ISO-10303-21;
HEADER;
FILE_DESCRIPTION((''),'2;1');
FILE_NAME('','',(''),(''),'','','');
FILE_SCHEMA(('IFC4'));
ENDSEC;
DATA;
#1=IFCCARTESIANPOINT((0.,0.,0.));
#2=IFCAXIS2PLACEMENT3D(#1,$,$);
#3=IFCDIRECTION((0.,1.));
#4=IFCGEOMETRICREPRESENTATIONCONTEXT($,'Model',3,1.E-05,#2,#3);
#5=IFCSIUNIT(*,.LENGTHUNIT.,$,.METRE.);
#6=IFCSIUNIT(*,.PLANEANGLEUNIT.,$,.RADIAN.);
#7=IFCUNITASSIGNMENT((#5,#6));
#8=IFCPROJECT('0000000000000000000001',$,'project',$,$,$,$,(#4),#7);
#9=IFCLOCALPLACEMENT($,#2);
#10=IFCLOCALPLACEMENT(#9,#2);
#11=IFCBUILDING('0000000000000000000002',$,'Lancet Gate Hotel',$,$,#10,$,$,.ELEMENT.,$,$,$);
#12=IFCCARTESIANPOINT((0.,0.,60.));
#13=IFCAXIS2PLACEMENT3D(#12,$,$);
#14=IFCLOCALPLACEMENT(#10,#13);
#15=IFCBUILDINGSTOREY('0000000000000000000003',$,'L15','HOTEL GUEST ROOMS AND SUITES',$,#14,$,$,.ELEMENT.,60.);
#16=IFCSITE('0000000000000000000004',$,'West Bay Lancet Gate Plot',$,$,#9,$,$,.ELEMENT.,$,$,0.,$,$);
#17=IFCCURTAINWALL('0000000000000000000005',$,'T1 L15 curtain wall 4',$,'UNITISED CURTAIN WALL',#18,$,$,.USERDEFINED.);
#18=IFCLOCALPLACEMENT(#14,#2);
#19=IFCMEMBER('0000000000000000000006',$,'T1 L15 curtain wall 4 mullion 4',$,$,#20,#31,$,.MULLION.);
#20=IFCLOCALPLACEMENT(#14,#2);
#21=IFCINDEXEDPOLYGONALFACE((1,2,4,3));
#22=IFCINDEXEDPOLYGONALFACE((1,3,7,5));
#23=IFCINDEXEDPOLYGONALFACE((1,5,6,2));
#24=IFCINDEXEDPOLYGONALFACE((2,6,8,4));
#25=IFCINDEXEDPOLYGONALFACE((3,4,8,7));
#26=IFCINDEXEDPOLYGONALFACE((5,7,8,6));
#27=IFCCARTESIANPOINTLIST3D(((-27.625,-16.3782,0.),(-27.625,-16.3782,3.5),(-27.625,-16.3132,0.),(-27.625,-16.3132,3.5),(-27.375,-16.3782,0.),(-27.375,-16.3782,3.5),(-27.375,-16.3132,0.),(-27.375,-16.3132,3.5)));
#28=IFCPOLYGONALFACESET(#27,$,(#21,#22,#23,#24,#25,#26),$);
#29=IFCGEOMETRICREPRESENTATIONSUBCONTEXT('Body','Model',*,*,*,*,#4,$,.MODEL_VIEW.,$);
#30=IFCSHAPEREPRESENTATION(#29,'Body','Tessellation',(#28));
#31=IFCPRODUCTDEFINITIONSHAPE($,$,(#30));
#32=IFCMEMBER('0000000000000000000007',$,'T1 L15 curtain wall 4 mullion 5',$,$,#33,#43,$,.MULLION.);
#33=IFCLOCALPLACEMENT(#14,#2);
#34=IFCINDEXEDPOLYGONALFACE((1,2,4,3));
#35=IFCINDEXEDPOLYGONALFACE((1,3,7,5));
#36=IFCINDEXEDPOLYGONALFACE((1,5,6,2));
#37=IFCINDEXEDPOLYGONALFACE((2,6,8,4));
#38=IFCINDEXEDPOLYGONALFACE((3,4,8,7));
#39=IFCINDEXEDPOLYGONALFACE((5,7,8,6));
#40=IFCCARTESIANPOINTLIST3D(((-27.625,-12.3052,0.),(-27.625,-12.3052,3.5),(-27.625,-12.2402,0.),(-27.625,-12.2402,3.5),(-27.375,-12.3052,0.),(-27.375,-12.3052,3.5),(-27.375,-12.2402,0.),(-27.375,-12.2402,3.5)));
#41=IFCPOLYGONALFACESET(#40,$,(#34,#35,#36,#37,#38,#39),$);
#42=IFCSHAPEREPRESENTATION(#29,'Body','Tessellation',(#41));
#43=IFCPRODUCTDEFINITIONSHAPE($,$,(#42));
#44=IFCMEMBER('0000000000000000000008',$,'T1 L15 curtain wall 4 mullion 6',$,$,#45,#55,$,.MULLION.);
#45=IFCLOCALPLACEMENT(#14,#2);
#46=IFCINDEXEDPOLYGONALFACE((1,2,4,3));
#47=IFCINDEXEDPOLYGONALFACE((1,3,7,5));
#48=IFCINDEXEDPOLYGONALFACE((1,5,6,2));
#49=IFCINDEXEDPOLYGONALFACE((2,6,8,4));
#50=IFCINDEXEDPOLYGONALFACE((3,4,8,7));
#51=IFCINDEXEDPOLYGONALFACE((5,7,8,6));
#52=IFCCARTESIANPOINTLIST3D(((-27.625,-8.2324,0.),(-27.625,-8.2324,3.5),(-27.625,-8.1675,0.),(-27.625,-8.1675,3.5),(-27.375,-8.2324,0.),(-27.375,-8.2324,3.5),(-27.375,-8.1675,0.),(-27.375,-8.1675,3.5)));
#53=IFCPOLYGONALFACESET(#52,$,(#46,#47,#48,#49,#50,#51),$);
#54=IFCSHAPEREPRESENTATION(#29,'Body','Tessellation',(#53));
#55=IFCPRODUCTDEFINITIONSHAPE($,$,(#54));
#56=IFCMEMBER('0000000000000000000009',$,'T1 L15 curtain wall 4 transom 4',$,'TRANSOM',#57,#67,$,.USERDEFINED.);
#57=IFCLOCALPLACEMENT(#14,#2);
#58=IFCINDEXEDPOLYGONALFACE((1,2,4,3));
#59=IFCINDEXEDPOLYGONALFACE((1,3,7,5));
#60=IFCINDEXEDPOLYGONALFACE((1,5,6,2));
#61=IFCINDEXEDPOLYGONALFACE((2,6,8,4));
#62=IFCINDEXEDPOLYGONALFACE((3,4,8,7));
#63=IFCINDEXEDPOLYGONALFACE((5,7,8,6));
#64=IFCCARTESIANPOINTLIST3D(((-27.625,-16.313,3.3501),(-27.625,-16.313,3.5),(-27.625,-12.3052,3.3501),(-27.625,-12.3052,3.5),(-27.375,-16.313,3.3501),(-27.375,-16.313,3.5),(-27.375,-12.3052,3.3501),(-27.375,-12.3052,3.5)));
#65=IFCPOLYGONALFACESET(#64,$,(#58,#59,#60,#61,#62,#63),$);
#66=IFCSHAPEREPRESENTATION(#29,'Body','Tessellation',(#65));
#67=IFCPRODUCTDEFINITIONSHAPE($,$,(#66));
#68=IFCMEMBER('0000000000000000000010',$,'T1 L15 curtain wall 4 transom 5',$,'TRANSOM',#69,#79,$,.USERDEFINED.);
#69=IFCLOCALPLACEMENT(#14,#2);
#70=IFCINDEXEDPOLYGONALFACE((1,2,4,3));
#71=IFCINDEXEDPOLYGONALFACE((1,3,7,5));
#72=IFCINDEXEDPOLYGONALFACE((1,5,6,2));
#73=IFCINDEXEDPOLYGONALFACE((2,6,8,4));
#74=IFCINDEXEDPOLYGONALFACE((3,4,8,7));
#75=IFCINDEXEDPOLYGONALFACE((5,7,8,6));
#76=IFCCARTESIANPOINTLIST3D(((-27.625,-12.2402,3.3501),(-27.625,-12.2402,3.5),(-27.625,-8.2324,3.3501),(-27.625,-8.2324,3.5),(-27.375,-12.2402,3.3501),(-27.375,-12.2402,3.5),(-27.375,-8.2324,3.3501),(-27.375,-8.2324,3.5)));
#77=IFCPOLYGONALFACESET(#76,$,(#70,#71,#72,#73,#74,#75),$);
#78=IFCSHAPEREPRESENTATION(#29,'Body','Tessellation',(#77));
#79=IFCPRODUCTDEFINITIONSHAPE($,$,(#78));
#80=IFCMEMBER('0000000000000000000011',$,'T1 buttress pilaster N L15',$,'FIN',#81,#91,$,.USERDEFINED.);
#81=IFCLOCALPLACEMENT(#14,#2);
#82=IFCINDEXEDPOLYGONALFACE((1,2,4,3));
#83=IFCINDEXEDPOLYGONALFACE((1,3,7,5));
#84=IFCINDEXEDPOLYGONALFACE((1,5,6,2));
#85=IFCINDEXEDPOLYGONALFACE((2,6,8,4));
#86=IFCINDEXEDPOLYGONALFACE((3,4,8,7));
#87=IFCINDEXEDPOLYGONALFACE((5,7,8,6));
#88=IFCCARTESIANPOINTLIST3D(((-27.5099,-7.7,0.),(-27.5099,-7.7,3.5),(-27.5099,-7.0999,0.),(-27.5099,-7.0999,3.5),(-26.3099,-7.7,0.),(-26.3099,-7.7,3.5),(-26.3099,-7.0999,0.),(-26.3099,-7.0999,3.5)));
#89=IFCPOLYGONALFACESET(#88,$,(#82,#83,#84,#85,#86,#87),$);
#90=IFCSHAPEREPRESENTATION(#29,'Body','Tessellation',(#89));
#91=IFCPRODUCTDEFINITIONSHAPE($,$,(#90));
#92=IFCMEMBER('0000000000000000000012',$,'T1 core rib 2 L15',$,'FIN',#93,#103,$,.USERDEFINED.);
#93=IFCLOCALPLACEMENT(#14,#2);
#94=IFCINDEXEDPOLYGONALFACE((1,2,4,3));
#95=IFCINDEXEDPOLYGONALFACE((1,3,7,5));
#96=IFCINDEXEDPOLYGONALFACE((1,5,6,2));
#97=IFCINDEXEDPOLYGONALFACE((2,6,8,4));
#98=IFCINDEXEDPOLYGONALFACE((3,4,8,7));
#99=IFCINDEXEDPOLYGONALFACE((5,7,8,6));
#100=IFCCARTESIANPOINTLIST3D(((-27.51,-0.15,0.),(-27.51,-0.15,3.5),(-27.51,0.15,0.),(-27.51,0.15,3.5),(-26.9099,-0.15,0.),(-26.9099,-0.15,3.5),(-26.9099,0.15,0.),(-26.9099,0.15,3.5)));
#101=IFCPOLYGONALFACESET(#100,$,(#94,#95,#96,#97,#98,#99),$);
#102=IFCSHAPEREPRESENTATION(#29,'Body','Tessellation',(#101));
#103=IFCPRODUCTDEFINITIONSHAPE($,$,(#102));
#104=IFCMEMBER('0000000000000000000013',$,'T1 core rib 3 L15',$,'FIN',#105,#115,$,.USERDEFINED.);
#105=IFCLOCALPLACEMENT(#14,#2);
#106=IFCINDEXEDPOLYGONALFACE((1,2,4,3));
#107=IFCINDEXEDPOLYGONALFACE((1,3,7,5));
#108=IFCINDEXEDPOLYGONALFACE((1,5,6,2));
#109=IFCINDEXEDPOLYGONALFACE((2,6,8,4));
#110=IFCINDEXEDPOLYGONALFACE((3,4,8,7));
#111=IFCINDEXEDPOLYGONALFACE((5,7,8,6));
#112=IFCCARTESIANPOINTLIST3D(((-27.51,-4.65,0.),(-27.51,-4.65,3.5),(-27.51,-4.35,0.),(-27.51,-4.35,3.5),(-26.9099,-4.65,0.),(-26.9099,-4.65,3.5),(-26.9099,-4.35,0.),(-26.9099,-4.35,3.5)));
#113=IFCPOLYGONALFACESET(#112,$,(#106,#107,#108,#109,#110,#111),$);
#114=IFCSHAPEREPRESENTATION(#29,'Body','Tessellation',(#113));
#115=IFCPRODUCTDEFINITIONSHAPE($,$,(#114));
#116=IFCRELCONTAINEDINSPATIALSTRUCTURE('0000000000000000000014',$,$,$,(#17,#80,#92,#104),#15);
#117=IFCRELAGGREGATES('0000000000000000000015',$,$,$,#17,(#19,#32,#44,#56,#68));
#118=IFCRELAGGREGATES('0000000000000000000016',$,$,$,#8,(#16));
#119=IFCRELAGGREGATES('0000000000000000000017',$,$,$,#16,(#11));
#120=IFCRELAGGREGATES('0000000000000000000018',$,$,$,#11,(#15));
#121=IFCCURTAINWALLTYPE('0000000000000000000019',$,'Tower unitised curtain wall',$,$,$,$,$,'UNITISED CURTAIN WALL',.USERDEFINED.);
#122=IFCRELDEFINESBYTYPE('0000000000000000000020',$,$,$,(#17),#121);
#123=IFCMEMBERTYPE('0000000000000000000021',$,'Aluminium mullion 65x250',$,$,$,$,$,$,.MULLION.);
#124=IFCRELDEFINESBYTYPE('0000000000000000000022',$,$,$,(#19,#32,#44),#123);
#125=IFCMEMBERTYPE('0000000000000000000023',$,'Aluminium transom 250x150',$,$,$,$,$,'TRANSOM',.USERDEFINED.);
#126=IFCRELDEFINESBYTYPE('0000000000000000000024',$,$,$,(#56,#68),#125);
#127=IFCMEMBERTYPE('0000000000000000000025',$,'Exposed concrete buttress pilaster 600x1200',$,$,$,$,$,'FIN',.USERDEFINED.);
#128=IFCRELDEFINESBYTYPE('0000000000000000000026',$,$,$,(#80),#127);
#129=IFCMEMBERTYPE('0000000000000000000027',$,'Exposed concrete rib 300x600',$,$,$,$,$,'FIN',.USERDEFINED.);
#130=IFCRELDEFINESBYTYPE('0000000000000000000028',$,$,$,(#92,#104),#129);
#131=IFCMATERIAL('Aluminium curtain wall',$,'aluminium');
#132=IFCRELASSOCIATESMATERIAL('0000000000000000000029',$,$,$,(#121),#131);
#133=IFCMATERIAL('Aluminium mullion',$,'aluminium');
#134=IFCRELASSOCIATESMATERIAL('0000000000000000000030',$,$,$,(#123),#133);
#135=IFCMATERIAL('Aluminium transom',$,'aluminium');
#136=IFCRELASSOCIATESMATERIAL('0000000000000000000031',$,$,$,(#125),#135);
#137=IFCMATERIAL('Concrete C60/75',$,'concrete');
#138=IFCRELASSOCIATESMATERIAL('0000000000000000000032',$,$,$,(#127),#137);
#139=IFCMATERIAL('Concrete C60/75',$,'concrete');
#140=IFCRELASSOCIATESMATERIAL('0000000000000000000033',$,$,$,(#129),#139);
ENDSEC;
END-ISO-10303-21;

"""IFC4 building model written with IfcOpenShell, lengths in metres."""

from ifc_helpers import new_model, si_unit, direction, frame, origin, origin_2d, place, context, subcontext, project, spatial, rectangle, extrude, material, material_profile, profile_set, type_object, element, aggregate, save


model = new_model("IFC4")

# Units and contexts
model_context = context("Model", 3, precision=1e-05, world=origin(), true_north=direction((0.0, 1.0)))
body_context = subcontext(model_context, "Body", "Model", "MODEL_VIEW")
ifc_project = project(units=[si_unit("LENGTHUNIT", "METRE"), si_unit("PLANEANGLEUNIT", "RADIAN")], contexts=[model_context])

# Site, building, storey
site_placement = place(None, origin())
site = spatial("IfcSite", under=ifc_project, at=site_placement, Name="West Bay Lancet Gate Plot", CompositionType="ELEMENT", RefElevation=0.0)
building_placement = place(site_placement, origin())
building = spatial("IfcBuilding", under=site, at=building_placement, Name="Lancet Gate Hotel", CompositionType="ELEMENT")
storey_placement = place(building_placement, frame((0.0, 0.0, 60.0)))
storey = spatial("IfcBuildingStorey", under=building, at=storey_placement, Name="L15", Description="HOTEL GUEST ROOMS AND SUITES", CompositionType="ELEMENT", Elevation=60.0)

# Curtain wall, members
ifc_material_1 = material(Name="Aluminium curtain wall", Category="aluminium")
curtain_wall_type = type_object("IfcCurtainWallType", Name="Tower unitised curtain wall", ElementType="UNITISED CURTAIN WALL", PredefinedType="USERDEFINED", material=ifc_material_1)
curtain_wall_placement = place(storey_placement, origin())
curtain_wall = element("IfcCurtainWall", 1, at=curtain_wall_placement, inside=storey, type_object=curtain_wall_type, Name="T1 L15 curtain wall 4", ObjectType="UNITISED CURTAIN WALL", PredefinedType="USERDEFINED")
ifc_material_2 = material(Name="Aluminium mullion", Category="aluminium")
ifc_material_profile_1 = material_profile(ifc_material_2, rectangle(XDim=0.0649, YDim=0.25, at=origin_2d()), Name="MULLION 65x250")
ifc_profile_set_1 = profile_set([ifc_material_profile_1], Name="Aluminium mullion")
member_type_1 = type_object("IfcMemberType", Name="Aluminium mullion 65x250", PredefinedType="MULLION", material=ifc_profile_set_1)
member_1_placement = place(storey_placement, frame((-27.5, -16.3457, 0.0), z_axis=(0.0, 0.0, 1.0), x_axis=(0.0, 1.0, 0.0)))
member_1 = element("IfcMember", 2, at=member_1_placement, type_object=member_type_1, Name="T1 L15 curtain wall 4 mullion 4", PredefinedType="MULLION", context=body_context, shape_type="SweptSolid", body=[
    extrude(rectangle(XDim=0.0649, YDim=0.25, at=origin_2d()), origin(), (0.0, 0.0, 1.0), 3.5),
])
member_2_placement = place(storey_placement, frame((-27.5, -12.2727, 0.0), z_axis=(0.0, 0.0, 1.0), x_axis=(0.0, 1.0, 0.0)))
member_2 = element("IfcMember", 3, at=member_2_placement, type_object=member_type_1, Name="T1 L15 curtain wall 4 mullion 5", PredefinedType="MULLION", context=body_context, shape_type="SweptSolid", body=[
    extrude(rectangle(XDim=0.0649, YDim=0.25, at=origin_2d()), origin(), (0.0, 0.0, 1.0), 3.5),
])
member_3_placement = place(storey_placement, frame((-27.5, -8.2, 0.0), z_axis=(0.0, 0.0, 1.0), x_axis=(0.0, 1.0, 0.0)))
member_3 = element("IfcMember", 4, at=member_3_placement, type_object=member_type_1, Name="T1 L15 curtain wall 4 mullion 6", PredefinedType="MULLION", context=body_context, shape_type="SweptSolid", body=[
    extrude(rectangle(XDim=0.0649, YDim=0.25, at=origin_2d()), origin(), (0.0, 0.0, 1.0), 3.5),
])
ifc_material_3 = material(Name="Aluminium transom", Category="aluminium")
ifc_material_profile_2 = material_profile(ifc_material_3, rectangle(XDim=0.25, YDim=0.1499, at=origin_2d()), Name="TRANSOM 250x150")
ifc_profile_set_2 = profile_set([ifc_material_profile_2], Name="Aluminium transom")
member_type_2 = type_object("IfcMemberType", Name="Aluminium transom 250x150", ElementType="TRANSOM", PredefinedType="USERDEFINED", material=ifc_profile_set_2)
member_4_placement = place(storey_placement, frame((-27.5, -16.313, 3.425), z_axis=(0.0, 1.0, 0.0), x_axis=(-1.0, 0.0, 0.0)))
member_4 = element("IfcMember", 5, at=member_4_placement, type_object=member_type_2, Name="T1 L15 curtain wall 4 transom 4", ObjectType="TRANSOM", PredefinedType="USERDEFINED", context=body_context, shape_type="SweptSolid", body=[
    extrude(rectangle(XDim=0.25, YDim=0.1499, at=origin_2d()), origin(), (0.0, 0.0, 1.0), 4.0078),
])
member_5_placement = place(storey_placement, frame((-27.5, -12.2402, 3.425), z_axis=(0.0, 1.0, 0.0), x_axis=(-1.0, 0.0, 0.0)))
member_5 = element("IfcMember", 6, at=member_5_placement, type_object=member_type_2, Name="T1 L15 curtain wall 4 transom 5", ObjectType="TRANSOM", PredefinedType="USERDEFINED", context=body_context, shape_type="SweptSolid", body=[
    extrude(rectangle(XDim=0.25, YDim=0.1499, at=origin_2d()), origin(), (0.0, 0.0, 1.0), 4.0078),
])

# Members
ifc_material_4 = material(Name="Concrete C60/75", Category="concrete")
ifc_material_profile_3 = material_profile(ifc_material_4, rectangle(XDim=0.6001, YDim=1.2, at=origin_2d()), Name="FIN 600x1200")
ifc_profile_set_3 = profile_set([ifc_material_profile_3], Name="Concrete C60/75")
member_type_3 = type_object("IfcMemberType", Name="Exposed concrete buttress pilaster 600x1200", ElementType="FIN", PredefinedType="USERDEFINED", material=ifc_profile_set_3)
member_6_placement = place(storey_placement, frame((-26.9099, -7.3999, 0.0), z_axis=(0.0, 0.0, 1.0), x_axis=(0.0, 1.0, 0.0)))
element("IfcMember", 7, at=member_6_placement, inside=storey, type_object=member_type_3, Name="T1 buttress pilaster N L15", ObjectType="FIN", PredefinedType="USERDEFINED", context=body_context, shape_type="SweptSolid", body=[
    extrude(rectangle(XDim=0.6001, YDim=1.2, at=origin_2d()), origin(), (0.0, 0.0, 1.0), 3.5),
])
ifc_material_5 = material(Name="Concrete C60/75", Category="concrete")
ifc_material_profile_4 = material_profile(ifc_material_5, rectangle(XDim=0.3, YDim=0.6001, at=origin_2d()), Name="FIN 300x600")
ifc_profile_set_4 = profile_set([ifc_material_profile_4], Name="Concrete C60/75")
member_type_4 = type_object("IfcMemberType", Name="Exposed concrete rib 300x600", ElementType="FIN", PredefinedType="USERDEFINED", material=ifc_profile_set_4)
for number, where, z_axis, x_axis, name in (
    (8, (-27.21, 0.0, 0.0), (0.0, 0.0, 1.0), (0.0, 1.0, 0.0), "T1 core rib 2 L15"),
    (9, (-27.21, -4.5, 0.0), (0.0, 0.0, 1.0), (0.0, 1.0, 0.0), "T1 core rib 3 L15"),
):
    element("IfcMember", number, at=place(storey_placement, frame(where, z_axis=z_axis, x_axis=x_axis)), inside=storey, type_object=member_type_4, Name=name, ObjectType="FIN", PredefinedType="USERDEFINED", context=body_context, shape_type="SweptSolid", body=[
        extrude(rectangle(XDim=0.3, YDim=0.6001, at=origin_2d()), origin(), (0.0, 0.0, 1.0), 3.5),
    ])

aggregate(curtain_wall, [member_1, member_2, member_3, member_4, member_5])

save(model, "model.ifc")
